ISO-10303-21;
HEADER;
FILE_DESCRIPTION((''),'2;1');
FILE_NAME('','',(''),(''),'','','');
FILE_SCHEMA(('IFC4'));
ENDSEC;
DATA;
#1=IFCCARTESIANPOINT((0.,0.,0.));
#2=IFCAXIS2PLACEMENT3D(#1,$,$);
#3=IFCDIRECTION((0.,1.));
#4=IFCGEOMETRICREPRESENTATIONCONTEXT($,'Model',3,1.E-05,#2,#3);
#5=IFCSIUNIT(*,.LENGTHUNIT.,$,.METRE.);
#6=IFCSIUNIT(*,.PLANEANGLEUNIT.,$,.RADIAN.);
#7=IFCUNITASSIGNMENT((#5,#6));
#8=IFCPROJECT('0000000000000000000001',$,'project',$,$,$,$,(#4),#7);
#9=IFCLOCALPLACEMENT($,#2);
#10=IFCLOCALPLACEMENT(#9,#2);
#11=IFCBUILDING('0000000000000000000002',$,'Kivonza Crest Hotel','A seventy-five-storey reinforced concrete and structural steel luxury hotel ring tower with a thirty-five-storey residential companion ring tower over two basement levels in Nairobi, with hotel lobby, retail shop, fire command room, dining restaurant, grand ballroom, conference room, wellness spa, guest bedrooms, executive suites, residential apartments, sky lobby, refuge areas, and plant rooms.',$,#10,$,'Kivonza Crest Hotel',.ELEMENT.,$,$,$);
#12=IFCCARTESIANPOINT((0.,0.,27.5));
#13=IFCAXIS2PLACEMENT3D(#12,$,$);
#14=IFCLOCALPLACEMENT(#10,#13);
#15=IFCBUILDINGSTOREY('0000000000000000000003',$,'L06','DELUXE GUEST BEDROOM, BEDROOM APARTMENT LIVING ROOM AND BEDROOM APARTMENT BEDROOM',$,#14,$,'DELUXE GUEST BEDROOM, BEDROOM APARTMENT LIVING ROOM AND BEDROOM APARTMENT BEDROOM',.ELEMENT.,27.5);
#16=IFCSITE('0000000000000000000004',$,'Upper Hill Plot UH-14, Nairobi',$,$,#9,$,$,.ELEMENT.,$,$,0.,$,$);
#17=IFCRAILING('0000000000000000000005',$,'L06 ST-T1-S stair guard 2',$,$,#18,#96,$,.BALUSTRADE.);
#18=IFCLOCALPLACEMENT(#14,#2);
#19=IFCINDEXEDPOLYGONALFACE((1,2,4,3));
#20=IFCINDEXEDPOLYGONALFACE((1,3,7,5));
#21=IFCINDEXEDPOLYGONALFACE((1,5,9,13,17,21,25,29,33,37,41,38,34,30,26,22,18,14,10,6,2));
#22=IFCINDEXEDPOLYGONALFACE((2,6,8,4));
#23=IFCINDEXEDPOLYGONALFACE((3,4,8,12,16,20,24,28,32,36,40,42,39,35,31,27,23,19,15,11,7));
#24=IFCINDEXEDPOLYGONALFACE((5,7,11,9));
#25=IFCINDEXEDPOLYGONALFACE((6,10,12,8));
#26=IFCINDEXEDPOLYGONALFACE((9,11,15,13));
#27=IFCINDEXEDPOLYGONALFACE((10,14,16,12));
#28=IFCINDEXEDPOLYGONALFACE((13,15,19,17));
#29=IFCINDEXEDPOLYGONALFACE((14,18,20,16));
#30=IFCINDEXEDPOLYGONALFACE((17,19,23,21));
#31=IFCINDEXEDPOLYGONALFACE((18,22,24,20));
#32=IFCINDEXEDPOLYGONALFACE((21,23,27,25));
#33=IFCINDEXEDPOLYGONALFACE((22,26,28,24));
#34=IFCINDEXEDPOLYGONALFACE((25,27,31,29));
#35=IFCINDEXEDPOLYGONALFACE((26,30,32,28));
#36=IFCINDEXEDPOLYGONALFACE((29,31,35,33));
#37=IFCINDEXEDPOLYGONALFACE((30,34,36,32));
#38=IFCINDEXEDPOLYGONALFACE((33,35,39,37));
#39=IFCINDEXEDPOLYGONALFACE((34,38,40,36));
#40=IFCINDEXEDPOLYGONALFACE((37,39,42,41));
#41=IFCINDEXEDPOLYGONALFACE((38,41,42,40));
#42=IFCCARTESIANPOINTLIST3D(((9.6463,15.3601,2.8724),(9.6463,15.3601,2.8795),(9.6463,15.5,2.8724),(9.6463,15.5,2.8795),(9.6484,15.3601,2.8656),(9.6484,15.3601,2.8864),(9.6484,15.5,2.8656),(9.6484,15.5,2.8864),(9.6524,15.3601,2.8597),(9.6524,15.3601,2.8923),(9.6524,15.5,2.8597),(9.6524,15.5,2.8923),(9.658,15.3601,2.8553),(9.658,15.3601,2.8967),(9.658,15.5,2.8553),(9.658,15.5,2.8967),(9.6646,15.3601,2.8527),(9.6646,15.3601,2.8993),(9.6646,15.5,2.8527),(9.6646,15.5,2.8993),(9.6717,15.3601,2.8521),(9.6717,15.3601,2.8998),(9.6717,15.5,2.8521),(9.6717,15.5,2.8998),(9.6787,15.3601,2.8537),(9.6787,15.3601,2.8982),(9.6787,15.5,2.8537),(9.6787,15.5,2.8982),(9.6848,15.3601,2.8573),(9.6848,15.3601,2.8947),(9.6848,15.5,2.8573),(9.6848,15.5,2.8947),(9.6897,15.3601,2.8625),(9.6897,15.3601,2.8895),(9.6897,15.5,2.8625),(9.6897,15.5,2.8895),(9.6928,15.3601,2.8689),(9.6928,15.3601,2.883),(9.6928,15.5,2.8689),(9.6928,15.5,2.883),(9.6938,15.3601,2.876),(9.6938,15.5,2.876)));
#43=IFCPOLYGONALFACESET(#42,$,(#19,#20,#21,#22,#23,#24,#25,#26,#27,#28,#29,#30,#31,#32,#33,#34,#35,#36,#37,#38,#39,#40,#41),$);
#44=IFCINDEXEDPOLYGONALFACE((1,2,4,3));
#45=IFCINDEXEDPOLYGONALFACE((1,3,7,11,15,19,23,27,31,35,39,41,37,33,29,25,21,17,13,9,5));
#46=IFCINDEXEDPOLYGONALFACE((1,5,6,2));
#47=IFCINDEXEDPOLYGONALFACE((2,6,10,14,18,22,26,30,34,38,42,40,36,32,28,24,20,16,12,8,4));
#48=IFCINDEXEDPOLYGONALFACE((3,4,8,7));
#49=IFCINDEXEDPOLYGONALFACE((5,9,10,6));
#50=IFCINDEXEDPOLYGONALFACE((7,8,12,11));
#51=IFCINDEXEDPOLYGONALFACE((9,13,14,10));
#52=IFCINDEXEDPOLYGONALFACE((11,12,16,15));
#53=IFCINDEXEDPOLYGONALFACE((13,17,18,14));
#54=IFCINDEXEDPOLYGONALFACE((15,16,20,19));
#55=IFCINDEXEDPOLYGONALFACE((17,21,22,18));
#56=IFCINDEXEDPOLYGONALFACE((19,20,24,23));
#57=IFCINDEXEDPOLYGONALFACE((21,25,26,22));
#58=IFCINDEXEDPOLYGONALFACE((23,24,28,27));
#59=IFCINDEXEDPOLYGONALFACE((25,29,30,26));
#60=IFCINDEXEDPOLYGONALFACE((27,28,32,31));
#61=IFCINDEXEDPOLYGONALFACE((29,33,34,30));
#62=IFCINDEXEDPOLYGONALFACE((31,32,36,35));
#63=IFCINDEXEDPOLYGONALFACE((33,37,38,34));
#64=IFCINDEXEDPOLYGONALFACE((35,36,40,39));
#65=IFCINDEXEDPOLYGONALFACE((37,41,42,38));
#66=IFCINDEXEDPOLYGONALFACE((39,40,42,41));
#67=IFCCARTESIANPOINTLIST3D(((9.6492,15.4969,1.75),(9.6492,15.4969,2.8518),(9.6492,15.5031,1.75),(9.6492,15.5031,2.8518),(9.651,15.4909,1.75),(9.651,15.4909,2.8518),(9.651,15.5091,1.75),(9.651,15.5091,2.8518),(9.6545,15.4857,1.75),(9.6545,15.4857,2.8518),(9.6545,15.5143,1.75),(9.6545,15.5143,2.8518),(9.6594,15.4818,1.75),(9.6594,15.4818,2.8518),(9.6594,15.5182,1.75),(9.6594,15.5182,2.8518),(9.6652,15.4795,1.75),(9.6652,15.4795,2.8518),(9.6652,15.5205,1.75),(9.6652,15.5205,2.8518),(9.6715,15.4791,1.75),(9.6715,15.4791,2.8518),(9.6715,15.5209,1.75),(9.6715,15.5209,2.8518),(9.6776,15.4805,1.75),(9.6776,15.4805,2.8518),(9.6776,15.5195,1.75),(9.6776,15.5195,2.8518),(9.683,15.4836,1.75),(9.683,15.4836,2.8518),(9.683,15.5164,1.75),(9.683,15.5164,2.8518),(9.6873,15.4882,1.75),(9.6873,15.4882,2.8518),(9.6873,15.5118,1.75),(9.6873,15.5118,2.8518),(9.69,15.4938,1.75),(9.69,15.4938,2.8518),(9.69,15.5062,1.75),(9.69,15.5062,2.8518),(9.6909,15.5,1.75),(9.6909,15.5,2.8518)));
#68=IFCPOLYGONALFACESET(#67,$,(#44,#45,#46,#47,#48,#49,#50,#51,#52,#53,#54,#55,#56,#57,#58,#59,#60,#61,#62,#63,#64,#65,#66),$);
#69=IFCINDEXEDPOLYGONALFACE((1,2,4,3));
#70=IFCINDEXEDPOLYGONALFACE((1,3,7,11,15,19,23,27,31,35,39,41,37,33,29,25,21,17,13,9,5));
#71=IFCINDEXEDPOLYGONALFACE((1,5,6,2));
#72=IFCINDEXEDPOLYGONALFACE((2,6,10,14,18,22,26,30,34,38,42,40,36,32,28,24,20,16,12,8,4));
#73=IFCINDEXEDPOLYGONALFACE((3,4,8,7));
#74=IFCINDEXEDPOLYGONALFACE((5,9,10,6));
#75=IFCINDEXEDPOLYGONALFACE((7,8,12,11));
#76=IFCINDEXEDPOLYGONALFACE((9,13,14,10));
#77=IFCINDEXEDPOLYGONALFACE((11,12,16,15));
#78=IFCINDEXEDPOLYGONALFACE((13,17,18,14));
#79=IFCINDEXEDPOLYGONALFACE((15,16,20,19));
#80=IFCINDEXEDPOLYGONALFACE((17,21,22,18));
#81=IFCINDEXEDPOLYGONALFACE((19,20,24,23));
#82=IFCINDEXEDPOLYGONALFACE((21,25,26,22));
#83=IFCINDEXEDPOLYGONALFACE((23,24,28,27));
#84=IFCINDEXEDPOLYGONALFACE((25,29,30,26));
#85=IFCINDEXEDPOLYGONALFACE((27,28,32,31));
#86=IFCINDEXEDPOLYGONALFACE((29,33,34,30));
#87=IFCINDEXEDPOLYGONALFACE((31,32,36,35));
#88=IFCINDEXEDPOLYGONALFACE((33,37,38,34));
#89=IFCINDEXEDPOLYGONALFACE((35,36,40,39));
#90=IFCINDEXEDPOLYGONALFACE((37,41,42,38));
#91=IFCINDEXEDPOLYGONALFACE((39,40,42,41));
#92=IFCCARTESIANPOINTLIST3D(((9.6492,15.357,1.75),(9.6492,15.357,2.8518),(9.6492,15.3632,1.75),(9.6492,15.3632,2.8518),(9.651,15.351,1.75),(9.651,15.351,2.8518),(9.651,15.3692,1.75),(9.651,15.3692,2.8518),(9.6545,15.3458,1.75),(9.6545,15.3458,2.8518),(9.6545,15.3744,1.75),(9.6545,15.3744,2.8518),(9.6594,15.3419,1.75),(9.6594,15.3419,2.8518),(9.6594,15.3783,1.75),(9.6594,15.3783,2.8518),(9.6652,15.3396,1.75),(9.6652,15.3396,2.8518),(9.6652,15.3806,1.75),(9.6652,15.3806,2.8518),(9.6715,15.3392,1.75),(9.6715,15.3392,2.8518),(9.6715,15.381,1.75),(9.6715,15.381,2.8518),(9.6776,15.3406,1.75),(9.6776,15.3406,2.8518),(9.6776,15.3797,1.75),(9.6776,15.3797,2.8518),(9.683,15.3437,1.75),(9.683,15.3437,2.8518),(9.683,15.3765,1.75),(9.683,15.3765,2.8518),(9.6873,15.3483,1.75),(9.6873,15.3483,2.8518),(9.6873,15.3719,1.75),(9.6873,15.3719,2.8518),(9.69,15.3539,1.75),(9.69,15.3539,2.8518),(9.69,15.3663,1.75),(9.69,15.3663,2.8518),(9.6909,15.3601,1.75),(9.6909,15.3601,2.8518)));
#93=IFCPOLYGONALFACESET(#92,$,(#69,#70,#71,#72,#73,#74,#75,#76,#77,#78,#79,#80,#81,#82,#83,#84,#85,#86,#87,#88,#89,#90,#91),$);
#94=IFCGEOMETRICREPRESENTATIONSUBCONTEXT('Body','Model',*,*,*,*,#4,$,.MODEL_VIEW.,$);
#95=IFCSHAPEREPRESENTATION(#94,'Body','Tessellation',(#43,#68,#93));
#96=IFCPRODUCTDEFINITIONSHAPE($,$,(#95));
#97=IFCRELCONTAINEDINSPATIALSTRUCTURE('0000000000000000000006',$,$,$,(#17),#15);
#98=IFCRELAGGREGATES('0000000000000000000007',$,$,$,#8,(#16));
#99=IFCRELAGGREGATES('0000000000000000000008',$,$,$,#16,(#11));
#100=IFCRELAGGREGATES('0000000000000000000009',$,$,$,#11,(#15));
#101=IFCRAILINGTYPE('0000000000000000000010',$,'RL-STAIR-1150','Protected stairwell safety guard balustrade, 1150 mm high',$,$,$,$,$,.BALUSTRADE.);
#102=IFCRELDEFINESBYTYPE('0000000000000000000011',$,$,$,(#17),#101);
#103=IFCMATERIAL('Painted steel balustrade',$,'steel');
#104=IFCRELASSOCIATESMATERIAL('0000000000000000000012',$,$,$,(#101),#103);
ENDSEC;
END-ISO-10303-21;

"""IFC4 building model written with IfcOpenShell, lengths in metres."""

from ifc_helpers import new_model, si_unit, direction, frame, origin, origin_2d, place, context, subcontext, project, spatial, circle, extrude, material, type_object, element, save


model = new_model("IFC4")

# Units and contexts
model_context = context("Model", 3, precision=1e-05, world=origin(), true_north=direction((0.0, 1.0)))
body_context = subcontext(model_context, "Body", "Model", "MODEL_VIEW")
ifc_project = project(units=[si_unit("LENGTHUNIT", "METRE"), si_unit("PLANEANGLEUNIT", "RADIAN")], contexts=[model_context])

# Site, building, storey
site_placement = place(None, origin())
site = spatial("IfcSite", under=ifc_project, at=site_placement, Name="Upper Hill Plot UH-14, Nairobi", CompositionType="ELEMENT", RefElevation=0.0)
building_placement = place(site_placement, origin())
building = spatial("IfcBuilding", under=site, at=building_placement, Name="Kivonza Crest Hotel", Description="A seventy-five-storey reinforced concrete and structural steel luxury hotel ring tower with a thirty-five-storey residential companion ring tower over two basement levels in Nairobi, with hotel lobby, retail shop, fire command room, dining restaurant, grand ballroom, conference room, wellness spa, guest bedrooms, executive suites, residential apartments, sky lobby, refuge areas, and plant rooms.", LongName="Kivonza Crest Hotel", CompositionType="ELEMENT")
storey_placement = place(building_placement, frame((0.0, 0.0, 27.5)))
storey = spatial("IfcBuildingStorey", under=building, at=storey_placement, Name="L06", Description="DELUXE GUEST BEDROOM, BEDROOM APARTMENT LIVING ROOM AND BEDROOM APARTMENT BEDROOM", LongName="DELUXE GUEST BEDROOM, BEDROOM APARTMENT LIVING ROOM AND BEDROOM APARTMENT BEDROOM", CompositionType="ELEMENT", Elevation=27.5)

# Railing
ifc_material_1 = material(Name="Painted steel balustrade", Category="steel")
railing_type_1 = type_object("IfcRailingType", Name="RL-STAIR-1150", Description="Protected stairwell safety guard balustrade, 1150 mm high", PredefinedType="BALUSTRADE", material=ifc_material_1)
railing_1_placement = place(storey_placement, frame((9.6699, 15.5, 1.75)))
element("IfcRailing", 1, at=railing_1_placement, inside=storey, type_object=railing_type_1, Name="L06 ST-T1-S stair guard 2", PredefinedType="BALUSTRADE", context=body_context, shape_type="SweptSolid", body=[
    extrude(circle(Radius=0.0239, at=origin_2d()), frame((0.0, 0.0, 1.126), z_axis=(0.0, -1.0, 0.0), x_axis=(1.0, 0.0, 0.0)), (0.0, 0.0, 1.0), 0.1399),
    extrude(circle(Radius=0.021, at=origin_2d()), origin(), (0.0, 0.0, 1.0), 1.1018),
    extrude(circle(Radius=0.021, at=origin_2d()), frame((0.0, -0.1399, 0.0)), (0.0, 0.0, 1.0), 1.1018),
])

save(model, "model.ifc")
